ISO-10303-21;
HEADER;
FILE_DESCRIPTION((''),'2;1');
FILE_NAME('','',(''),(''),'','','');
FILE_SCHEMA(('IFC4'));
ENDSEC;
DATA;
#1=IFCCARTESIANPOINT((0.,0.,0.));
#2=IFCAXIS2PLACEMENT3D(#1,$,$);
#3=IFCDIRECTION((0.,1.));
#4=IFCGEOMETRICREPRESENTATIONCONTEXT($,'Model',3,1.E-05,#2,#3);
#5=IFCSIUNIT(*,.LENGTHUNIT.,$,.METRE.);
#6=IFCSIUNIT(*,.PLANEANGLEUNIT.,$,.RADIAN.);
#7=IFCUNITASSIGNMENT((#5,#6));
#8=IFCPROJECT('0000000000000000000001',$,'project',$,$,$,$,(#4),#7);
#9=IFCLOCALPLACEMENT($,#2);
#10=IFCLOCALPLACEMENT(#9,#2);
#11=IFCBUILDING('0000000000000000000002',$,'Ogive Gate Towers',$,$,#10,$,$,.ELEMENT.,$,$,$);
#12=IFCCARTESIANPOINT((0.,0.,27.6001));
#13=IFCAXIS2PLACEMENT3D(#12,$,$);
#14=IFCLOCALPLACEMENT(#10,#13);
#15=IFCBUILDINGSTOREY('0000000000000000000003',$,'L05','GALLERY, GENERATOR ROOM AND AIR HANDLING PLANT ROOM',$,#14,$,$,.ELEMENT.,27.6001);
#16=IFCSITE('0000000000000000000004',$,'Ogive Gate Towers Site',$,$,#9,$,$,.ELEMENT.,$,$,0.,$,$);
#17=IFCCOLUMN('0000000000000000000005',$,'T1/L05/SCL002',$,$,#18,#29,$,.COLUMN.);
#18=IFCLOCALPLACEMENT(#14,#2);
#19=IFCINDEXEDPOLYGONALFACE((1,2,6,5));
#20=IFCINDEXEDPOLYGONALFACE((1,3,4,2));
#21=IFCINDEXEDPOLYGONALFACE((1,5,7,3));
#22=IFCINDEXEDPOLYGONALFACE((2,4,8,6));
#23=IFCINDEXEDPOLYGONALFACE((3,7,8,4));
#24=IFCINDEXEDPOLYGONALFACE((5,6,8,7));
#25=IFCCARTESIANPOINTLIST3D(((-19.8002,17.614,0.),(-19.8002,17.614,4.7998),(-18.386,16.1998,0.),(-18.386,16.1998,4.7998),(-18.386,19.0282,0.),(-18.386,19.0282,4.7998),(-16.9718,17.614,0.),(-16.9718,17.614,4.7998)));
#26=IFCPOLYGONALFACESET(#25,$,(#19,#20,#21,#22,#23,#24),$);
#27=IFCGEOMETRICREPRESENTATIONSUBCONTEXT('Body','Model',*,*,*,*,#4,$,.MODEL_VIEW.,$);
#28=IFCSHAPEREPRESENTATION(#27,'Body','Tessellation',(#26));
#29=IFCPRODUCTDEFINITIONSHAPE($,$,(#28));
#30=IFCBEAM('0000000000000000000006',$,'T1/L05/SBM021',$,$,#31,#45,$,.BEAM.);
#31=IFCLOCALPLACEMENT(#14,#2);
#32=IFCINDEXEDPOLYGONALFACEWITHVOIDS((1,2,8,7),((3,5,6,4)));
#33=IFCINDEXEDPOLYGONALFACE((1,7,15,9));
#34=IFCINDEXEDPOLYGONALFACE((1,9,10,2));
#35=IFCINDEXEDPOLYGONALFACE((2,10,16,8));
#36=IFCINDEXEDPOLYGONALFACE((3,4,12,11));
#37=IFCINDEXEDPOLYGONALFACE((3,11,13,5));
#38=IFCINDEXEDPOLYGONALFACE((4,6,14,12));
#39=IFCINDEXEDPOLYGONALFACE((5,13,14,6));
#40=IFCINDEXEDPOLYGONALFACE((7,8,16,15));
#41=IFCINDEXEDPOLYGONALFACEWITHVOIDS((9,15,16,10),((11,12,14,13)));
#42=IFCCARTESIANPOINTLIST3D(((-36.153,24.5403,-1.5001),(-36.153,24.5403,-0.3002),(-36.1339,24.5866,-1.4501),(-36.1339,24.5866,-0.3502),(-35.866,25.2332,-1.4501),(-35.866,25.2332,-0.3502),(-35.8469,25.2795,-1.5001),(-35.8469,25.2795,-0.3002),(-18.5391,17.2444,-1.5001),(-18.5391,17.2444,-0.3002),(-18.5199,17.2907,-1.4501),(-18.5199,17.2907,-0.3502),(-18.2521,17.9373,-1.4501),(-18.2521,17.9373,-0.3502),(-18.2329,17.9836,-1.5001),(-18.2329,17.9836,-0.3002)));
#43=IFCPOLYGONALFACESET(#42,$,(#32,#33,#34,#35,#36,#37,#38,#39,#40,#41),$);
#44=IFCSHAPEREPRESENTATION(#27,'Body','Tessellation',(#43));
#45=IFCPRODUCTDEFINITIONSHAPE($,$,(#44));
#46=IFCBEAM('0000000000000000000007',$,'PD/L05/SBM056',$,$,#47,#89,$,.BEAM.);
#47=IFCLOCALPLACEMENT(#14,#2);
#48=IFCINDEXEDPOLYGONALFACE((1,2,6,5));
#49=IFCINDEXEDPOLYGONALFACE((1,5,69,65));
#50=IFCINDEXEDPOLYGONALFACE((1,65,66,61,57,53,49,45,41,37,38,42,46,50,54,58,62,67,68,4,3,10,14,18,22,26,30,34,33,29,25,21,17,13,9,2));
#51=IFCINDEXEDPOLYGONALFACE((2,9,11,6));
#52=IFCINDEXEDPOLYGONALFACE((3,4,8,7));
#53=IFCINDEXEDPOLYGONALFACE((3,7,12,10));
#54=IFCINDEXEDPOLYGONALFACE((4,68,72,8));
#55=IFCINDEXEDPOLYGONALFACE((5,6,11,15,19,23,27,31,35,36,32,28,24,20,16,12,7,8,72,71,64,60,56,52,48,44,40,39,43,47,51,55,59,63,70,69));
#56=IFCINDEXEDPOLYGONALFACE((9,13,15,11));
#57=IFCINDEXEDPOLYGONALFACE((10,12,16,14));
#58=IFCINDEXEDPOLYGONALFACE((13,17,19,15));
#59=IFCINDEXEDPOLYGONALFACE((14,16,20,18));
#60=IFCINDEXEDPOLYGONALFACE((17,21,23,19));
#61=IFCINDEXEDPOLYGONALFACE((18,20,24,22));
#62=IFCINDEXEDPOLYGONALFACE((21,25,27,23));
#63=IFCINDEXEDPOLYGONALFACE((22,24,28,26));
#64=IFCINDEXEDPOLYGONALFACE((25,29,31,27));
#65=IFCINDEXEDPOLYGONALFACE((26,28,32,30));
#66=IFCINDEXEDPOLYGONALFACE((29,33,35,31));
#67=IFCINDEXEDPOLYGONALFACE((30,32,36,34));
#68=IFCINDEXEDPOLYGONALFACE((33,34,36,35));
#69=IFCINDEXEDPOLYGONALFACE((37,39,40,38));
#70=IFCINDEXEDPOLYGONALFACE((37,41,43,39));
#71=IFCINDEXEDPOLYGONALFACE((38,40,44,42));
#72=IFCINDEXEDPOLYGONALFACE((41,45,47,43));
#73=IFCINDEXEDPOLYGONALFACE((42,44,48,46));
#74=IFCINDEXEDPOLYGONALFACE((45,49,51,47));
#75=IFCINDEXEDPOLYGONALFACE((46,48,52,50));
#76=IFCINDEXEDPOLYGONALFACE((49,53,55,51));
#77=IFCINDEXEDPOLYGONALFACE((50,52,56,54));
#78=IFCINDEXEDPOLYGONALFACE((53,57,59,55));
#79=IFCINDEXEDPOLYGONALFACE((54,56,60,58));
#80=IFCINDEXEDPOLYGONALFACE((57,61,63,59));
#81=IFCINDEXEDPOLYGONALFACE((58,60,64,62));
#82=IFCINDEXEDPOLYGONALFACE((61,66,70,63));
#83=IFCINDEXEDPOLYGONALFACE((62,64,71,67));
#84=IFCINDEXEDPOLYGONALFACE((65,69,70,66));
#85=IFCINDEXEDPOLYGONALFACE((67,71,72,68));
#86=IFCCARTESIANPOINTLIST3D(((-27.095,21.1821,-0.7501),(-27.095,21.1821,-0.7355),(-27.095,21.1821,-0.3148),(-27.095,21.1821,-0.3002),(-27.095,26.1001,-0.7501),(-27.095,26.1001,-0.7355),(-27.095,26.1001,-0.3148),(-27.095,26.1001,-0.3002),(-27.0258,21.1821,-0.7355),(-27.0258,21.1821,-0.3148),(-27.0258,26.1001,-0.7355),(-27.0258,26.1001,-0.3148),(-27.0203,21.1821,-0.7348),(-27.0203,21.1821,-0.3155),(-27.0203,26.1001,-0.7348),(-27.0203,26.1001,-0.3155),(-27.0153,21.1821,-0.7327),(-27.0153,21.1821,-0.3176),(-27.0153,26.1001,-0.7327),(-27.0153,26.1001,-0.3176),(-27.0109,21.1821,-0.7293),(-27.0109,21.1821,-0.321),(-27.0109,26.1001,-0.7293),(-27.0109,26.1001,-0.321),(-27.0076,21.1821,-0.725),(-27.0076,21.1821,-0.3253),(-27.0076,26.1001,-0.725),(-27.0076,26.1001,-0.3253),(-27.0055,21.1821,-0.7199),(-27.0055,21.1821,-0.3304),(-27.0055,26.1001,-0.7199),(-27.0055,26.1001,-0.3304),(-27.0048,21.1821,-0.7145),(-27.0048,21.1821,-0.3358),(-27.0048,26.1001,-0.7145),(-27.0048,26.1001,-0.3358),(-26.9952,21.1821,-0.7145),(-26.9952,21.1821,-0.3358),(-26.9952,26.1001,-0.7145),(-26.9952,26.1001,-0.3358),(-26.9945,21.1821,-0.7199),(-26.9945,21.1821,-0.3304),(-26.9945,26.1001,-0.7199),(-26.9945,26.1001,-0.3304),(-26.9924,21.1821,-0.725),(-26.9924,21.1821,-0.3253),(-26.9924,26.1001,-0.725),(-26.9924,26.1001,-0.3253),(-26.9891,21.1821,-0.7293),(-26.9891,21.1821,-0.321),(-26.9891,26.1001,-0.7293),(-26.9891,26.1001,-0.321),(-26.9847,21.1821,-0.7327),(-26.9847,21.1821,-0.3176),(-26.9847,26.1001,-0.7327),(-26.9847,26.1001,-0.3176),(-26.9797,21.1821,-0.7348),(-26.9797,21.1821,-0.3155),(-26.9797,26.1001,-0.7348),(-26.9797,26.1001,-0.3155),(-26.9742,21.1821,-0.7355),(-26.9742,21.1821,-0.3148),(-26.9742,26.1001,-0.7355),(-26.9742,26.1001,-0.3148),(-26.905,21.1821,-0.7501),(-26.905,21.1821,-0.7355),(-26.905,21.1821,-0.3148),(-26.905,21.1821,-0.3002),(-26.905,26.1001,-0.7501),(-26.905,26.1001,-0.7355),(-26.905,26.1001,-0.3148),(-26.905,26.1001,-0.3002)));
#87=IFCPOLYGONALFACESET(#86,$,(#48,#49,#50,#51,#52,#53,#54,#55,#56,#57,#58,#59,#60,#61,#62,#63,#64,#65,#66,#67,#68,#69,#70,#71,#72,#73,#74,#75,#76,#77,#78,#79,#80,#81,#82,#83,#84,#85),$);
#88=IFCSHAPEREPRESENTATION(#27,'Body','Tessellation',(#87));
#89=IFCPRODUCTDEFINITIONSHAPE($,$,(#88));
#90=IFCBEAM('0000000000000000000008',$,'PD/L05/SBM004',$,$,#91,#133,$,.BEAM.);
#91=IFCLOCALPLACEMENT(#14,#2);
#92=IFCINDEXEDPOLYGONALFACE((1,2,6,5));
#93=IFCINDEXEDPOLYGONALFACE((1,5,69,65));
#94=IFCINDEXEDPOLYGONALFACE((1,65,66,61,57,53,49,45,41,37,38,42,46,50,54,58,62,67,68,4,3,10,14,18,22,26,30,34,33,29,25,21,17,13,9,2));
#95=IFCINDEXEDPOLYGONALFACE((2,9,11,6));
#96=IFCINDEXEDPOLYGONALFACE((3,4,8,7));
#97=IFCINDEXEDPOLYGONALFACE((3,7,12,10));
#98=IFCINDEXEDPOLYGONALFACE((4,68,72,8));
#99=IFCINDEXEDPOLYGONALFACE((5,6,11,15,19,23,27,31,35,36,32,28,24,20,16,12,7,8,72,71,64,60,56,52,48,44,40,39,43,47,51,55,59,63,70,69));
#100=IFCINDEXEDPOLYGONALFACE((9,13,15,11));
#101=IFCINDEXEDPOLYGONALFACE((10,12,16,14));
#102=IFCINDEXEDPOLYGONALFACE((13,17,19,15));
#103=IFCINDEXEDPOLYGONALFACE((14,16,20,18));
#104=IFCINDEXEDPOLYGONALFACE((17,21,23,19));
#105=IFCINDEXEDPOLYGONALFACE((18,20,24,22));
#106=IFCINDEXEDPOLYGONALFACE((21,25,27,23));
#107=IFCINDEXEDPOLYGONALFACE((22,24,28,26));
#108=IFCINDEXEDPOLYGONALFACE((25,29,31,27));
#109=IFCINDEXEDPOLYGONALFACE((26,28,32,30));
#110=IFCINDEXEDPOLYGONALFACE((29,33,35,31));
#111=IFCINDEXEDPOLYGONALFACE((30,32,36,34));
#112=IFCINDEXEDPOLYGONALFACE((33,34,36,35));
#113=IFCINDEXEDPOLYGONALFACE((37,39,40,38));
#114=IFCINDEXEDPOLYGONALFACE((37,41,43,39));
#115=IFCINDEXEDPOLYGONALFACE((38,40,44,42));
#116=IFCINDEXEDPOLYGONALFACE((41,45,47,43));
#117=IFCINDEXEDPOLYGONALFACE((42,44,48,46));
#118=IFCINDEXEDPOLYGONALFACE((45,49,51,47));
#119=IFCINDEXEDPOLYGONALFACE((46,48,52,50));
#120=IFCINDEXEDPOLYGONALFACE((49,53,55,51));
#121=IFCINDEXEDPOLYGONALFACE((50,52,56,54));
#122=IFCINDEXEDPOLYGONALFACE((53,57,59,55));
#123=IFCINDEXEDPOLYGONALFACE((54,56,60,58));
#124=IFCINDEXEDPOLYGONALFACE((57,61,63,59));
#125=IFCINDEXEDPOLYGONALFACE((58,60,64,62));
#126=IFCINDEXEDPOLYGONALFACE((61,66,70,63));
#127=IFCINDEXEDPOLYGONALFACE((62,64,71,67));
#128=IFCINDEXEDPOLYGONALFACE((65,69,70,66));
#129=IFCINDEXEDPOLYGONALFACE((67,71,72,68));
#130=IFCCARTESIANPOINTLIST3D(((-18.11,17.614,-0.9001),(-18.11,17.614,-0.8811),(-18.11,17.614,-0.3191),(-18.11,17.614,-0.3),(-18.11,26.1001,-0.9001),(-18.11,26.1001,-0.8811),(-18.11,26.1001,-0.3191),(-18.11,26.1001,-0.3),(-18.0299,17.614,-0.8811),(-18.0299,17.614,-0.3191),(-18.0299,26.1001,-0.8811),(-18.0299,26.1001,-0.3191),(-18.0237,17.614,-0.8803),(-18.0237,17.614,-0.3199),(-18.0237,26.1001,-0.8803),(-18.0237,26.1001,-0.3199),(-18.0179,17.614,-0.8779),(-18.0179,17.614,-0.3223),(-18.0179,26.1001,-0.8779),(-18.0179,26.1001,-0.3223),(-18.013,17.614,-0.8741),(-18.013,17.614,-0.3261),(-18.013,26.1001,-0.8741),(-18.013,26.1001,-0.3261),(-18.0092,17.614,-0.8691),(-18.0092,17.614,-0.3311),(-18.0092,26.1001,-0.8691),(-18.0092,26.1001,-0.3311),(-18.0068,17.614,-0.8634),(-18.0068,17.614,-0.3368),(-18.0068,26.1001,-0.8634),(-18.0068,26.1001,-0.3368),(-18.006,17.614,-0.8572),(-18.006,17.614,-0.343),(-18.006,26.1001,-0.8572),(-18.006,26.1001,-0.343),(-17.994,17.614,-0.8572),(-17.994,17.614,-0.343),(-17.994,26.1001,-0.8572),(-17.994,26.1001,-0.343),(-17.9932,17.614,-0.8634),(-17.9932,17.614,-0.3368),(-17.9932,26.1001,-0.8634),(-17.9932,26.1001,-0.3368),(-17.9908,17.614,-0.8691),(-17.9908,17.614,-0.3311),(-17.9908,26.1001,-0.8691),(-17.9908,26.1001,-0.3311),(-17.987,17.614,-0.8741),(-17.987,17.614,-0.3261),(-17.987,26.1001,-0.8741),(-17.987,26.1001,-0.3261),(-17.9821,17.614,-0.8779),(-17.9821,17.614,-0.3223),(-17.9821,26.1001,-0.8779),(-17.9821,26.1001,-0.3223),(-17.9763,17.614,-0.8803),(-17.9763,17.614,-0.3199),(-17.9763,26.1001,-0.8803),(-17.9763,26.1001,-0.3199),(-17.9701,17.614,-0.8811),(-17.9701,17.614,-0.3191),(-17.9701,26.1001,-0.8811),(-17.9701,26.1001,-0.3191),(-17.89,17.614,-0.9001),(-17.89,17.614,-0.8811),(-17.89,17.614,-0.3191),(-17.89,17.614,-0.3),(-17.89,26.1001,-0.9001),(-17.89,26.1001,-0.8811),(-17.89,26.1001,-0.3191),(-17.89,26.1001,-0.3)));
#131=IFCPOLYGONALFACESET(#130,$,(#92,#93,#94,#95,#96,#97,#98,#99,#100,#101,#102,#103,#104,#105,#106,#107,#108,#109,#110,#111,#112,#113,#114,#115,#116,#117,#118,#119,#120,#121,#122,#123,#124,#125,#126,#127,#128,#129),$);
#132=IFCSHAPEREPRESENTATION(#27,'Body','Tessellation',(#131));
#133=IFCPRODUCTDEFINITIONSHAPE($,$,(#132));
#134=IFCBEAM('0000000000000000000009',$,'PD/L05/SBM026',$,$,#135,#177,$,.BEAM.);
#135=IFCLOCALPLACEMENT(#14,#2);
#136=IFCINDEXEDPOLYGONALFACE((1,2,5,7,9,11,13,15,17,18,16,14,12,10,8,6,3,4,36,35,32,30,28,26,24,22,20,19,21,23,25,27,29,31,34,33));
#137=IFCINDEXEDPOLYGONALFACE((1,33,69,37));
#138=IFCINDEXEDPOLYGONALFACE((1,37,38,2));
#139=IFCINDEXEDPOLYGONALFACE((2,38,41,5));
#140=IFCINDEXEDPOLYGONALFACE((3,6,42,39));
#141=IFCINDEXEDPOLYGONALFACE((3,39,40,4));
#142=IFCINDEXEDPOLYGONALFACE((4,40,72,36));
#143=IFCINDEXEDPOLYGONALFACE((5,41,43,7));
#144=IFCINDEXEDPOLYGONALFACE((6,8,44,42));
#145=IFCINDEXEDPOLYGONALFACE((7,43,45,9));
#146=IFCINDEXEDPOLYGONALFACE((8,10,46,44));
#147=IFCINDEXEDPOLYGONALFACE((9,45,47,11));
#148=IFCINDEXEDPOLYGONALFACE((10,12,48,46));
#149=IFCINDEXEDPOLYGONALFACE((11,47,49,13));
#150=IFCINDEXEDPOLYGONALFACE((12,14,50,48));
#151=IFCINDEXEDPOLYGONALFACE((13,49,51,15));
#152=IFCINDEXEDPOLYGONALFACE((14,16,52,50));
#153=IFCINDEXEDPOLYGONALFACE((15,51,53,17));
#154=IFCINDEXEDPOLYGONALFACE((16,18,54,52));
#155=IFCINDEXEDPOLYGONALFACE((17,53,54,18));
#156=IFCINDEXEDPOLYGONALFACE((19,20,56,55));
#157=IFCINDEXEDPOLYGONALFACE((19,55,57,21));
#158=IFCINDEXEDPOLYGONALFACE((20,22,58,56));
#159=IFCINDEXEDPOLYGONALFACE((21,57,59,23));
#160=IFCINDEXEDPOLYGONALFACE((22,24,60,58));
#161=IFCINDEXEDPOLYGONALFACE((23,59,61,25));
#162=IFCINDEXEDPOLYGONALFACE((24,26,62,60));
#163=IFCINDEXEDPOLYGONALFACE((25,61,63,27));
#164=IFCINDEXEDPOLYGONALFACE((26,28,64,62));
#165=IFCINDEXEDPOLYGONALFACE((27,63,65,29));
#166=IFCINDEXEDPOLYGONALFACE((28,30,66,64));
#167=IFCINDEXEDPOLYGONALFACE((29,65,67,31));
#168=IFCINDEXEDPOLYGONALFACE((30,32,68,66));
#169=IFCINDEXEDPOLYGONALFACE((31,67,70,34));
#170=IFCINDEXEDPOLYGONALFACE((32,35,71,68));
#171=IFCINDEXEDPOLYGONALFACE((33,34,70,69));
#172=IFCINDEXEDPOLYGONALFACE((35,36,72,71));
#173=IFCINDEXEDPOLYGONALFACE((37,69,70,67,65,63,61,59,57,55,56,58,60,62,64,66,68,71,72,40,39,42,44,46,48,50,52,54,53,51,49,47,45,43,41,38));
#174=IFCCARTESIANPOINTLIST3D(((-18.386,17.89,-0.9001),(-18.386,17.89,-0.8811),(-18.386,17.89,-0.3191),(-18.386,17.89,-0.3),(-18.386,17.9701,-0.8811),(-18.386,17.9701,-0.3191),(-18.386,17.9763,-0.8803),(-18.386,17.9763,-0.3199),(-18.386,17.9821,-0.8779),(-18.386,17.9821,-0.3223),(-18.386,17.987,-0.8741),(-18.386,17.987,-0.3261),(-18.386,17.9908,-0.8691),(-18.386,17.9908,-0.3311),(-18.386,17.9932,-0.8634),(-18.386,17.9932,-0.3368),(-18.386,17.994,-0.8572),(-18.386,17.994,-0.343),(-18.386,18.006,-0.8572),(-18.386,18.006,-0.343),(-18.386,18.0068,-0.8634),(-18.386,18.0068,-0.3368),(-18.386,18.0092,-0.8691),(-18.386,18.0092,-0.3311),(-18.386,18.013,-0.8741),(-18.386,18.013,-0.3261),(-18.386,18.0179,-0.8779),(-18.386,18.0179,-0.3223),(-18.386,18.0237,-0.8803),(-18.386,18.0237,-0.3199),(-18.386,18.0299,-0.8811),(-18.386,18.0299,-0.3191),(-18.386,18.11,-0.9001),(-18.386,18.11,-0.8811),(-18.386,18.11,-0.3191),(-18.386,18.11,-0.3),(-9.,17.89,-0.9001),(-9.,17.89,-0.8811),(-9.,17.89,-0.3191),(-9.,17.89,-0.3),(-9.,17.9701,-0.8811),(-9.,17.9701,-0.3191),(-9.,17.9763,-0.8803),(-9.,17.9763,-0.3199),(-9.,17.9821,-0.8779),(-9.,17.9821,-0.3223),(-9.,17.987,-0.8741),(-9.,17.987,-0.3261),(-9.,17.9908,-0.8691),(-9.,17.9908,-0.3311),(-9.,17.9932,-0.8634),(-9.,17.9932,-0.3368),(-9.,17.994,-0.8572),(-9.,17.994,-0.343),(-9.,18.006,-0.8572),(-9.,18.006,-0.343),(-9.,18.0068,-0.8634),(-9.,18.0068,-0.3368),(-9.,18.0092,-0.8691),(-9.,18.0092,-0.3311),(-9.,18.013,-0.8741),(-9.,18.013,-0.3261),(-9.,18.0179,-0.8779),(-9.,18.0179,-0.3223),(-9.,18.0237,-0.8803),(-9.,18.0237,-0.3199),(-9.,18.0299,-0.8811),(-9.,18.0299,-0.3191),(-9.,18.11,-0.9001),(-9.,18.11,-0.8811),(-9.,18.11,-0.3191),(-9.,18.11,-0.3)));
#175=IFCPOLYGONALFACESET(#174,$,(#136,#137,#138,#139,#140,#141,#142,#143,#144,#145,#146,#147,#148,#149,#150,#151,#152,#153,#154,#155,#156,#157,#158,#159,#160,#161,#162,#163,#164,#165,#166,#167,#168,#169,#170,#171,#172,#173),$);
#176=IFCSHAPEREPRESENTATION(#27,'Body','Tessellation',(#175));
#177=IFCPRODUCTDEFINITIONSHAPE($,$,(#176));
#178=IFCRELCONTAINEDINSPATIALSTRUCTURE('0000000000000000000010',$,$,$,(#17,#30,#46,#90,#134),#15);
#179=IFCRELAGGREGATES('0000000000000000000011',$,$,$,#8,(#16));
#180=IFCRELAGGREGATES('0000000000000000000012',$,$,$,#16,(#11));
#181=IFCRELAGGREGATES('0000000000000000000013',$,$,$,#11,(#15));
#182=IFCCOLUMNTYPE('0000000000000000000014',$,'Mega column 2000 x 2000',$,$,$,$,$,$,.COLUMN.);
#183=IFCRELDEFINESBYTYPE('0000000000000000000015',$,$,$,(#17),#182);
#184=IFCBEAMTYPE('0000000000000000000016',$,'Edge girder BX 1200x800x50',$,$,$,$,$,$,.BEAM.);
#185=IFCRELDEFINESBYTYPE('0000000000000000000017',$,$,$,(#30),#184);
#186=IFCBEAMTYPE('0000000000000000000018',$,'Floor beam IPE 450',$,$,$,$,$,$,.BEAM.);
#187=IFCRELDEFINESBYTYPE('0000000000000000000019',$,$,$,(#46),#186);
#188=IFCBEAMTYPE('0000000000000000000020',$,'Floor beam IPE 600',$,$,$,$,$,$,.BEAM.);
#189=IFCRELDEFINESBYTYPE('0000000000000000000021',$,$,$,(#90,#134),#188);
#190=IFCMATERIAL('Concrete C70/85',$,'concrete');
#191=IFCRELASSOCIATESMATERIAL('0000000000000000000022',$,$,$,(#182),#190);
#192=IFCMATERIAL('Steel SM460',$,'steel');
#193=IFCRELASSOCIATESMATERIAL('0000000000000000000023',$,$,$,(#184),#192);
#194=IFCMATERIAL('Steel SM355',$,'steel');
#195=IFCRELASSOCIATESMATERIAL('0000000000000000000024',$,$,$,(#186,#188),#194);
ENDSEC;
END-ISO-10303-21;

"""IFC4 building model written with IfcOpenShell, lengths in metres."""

from ifc_helpers import new_model, si_unit, direction, frame, origin, origin_2d, place, context, subcontext, project, spatial, rectangle, hollow_rectangle, i_section, extrude, material, material_profile, profile_set, type_object, element, save


model = new_model("IFC4")

# Units and contexts
model_context = context("Model", 3, precision=1e-05, world=origin(), true_north=direction((0.0, 1.0)))
body_context = subcontext(model_context, "Body", "Model", "MODEL_VIEW")
ifc_project = project(units=[si_unit("LENGTHUNIT", "METRE"), si_unit("PLANEANGLEUNIT", "RADIAN")], contexts=[model_context])

# Site, building, storey
site_placement = place(None, origin())
site = spatial("IfcSite", under=ifc_project, at=site_placement, Name="Ogive Gate Towers Site", CompositionType="ELEMENT", RefElevation=0.0)
building_placement = place(site_placement, origin())
building = spatial("IfcBuilding", under=site, at=building_placement, Name="Ogive Gate Towers", CompositionType="ELEMENT")
storey_placement = place(building_placement, frame((0.0, 0.0, 27.6001)))
storey = spatial("IfcBuildingStorey", under=building, at=storey_placement, Name="L05", Description="GALLERY, GENERATOR ROOM AND AIR HANDLING PLANT ROOM", CompositionType="ELEMENT", Elevation=27.6001)

# Column
ifc_material_1 = material(Name="Concrete C70/85", Category="concrete")
ifc_material_profile_1 = material_profile(ifc_material_1, rectangle(XDim=2.0, YDim=2.0, at=origin_2d()), Name="RC 2000x2000")
ifc_profile_set_1 = profile_set([ifc_material_profile_1], Name="Concrete C70/85")
column_type = type_object("IfcColumnType", Name="Mega column 2000 x 2000", PredefinedType="COLUMN", material=ifc_profile_set_1)
column_placement = place(storey_placement, frame((-18.386, 17.614, 0.0), z_axis=(0.0, 0.0, 1.0), x_axis=(0.707107, 0.707107, 0.0)))
element("IfcColumn", 1, at=column_placement, inside=storey, type_object=column_type, Name="T1/L05/SCL002", PredefinedType="COLUMN", context=body_context, shape_type="SweptSolid", body=[
    extrude(rectangle(XDim=2.0, YDim=2.0, at=origin_2d()), origin(), (0.0, 0.0, 1.0), 4.7998),
])

# Beams
ifc_material_2 = material(Name="Steel SM460", Category="steel")
ifc_material_profile_2 = material_profile(ifc_material_2, hollow_rectangle(XDim=0.8, YDim=1.2, WallThickness=0.05, at=origin_2d()), Name="BX 1200x800x50")
ifc_profile_set_2 = profile_set([ifc_material_profile_2], Name="Steel SM460")
beam_type_1 = type_object("IfcBeamType", Name="Edge girder BX 1200x800x50", PredefinedType="BEAM", material=ifc_profile_set_2)
beam_1_placement = place(storey_placement, frame((-18.386, 17.614, -0.9001), z_axis=(-0.923881, 0.382681, 0.0), x_axis=(-0.382681, -0.923881, 0.0)))
element("IfcBeam", 2, at=beam_1_placement, inside=storey, type_object=beam_type_1, Name="T1/L05/SBM021", PredefinedType="BEAM", context=body_context, shape_type="SweptSolid", body=[
    extrude(hollow_rectangle(XDim=0.8, YDim=1.2, WallThickness=0.05, at=origin_2d()), origin(), (0.0, 0.0, 1.0), 19.0652),
])
ifc_material_3 = material(Name="Steel SM355", Category="steel")
ifc_material_profile_3 = material_profile(ifc_material_3, i_section(OverallWidth=0.1899, OverallDepth=0.45, WebThickness=0.0095, FlangeThickness=0.0146, FilletRadius=0.021, at=origin_2d()), Name="IPE 450")
ifc_profile_set_3 = profile_set([ifc_material_profile_3], Name="Steel SM355")
beam_type_2 = type_object("IfcBeamType", Name="Floor beam IPE 450", PredefinedType="BEAM", material=ifc_profile_set_3)
beam_2_placement = place(storey_placement, frame((-27.0, 26.1001, -0.5251), z_axis=(0.0, -1.0, 0.0), x_axis=(1.0, 0.0, 0.0)))
element("IfcBeam", 3, at=beam_2_placement, inside=storey, type_object=beam_type_2, Name="PD/L05/SBM056", PredefinedType="BEAM", context=body_context, shape_type="SweptSolid", body=[
    extrude(i_section(OverallWidth=0.1899, OverallDepth=0.45, WebThickness=0.0095, FlangeThickness=0.0146, FilletRadius=0.021, at=origin_2d()), origin(), (0.0, 0.0, 1.0), 4.918),
])
ifc_material_profile_4 = material_profile(ifc_material_3, i_section(OverallWidth=0.22, OverallDepth=0.6001, WebThickness=0.012, FlangeThickness=0.019, FilletRadius=0.0239, at=origin_2d()), Name="IPE 600")
ifc_profile_set_4 = profile_set([ifc_material_profile_4], Name="Steel SM355")
beam_type_3 = type_object("IfcBeamType", Name="Floor beam IPE 600", PredefinedType="BEAM", material=ifc_profile_set_4)
beam_3_placement = place(storey_placement, frame((-18.0, 17.614, -0.6001), z_axis=(0.0, 1.0, 0.0), x_axis=(-1.0, 0.0, 0.0)))
element("IfcBeam", 4, at=beam_3_placement, inside=storey, type_object=beam_type_3, Name="PD/L05/SBM004", PredefinedType="BEAM", context=body_context, shape_type="SweptSolid", body=[
    extrude(i_section(OverallWidth=0.22, OverallDepth=0.6001, WebThickness=0.012, FlangeThickness=0.019, FilletRadius=0.0239, at=origin_2d()), origin(), (0.0, 0.0, 1.0), 8.4861),
])
beam_4_placement = place(storey_placement, frame((-18.386, 18.0, -0.6001), z_axis=(1.0, 0.0, 0.0), x_axis=(0.0, 1.0, 0.0)))
element("IfcBeam", 5, at=beam_4_placement, inside=storey, type_object=beam_type_3, Name="PD/L05/SBM026", PredefinedType="BEAM", context=body_context, shape_type="SweptSolid", body=[
    extrude(i_section(OverallWidth=0.22, OverallDepth=0.6001, WebThickness=0.012, FlangeThickness=0.019, FilletRadius=0.0239, at=origin_2d()), origin(), (0.0, 0.0, 1.0), 9.386),
])

save(model, "model.ifc")
